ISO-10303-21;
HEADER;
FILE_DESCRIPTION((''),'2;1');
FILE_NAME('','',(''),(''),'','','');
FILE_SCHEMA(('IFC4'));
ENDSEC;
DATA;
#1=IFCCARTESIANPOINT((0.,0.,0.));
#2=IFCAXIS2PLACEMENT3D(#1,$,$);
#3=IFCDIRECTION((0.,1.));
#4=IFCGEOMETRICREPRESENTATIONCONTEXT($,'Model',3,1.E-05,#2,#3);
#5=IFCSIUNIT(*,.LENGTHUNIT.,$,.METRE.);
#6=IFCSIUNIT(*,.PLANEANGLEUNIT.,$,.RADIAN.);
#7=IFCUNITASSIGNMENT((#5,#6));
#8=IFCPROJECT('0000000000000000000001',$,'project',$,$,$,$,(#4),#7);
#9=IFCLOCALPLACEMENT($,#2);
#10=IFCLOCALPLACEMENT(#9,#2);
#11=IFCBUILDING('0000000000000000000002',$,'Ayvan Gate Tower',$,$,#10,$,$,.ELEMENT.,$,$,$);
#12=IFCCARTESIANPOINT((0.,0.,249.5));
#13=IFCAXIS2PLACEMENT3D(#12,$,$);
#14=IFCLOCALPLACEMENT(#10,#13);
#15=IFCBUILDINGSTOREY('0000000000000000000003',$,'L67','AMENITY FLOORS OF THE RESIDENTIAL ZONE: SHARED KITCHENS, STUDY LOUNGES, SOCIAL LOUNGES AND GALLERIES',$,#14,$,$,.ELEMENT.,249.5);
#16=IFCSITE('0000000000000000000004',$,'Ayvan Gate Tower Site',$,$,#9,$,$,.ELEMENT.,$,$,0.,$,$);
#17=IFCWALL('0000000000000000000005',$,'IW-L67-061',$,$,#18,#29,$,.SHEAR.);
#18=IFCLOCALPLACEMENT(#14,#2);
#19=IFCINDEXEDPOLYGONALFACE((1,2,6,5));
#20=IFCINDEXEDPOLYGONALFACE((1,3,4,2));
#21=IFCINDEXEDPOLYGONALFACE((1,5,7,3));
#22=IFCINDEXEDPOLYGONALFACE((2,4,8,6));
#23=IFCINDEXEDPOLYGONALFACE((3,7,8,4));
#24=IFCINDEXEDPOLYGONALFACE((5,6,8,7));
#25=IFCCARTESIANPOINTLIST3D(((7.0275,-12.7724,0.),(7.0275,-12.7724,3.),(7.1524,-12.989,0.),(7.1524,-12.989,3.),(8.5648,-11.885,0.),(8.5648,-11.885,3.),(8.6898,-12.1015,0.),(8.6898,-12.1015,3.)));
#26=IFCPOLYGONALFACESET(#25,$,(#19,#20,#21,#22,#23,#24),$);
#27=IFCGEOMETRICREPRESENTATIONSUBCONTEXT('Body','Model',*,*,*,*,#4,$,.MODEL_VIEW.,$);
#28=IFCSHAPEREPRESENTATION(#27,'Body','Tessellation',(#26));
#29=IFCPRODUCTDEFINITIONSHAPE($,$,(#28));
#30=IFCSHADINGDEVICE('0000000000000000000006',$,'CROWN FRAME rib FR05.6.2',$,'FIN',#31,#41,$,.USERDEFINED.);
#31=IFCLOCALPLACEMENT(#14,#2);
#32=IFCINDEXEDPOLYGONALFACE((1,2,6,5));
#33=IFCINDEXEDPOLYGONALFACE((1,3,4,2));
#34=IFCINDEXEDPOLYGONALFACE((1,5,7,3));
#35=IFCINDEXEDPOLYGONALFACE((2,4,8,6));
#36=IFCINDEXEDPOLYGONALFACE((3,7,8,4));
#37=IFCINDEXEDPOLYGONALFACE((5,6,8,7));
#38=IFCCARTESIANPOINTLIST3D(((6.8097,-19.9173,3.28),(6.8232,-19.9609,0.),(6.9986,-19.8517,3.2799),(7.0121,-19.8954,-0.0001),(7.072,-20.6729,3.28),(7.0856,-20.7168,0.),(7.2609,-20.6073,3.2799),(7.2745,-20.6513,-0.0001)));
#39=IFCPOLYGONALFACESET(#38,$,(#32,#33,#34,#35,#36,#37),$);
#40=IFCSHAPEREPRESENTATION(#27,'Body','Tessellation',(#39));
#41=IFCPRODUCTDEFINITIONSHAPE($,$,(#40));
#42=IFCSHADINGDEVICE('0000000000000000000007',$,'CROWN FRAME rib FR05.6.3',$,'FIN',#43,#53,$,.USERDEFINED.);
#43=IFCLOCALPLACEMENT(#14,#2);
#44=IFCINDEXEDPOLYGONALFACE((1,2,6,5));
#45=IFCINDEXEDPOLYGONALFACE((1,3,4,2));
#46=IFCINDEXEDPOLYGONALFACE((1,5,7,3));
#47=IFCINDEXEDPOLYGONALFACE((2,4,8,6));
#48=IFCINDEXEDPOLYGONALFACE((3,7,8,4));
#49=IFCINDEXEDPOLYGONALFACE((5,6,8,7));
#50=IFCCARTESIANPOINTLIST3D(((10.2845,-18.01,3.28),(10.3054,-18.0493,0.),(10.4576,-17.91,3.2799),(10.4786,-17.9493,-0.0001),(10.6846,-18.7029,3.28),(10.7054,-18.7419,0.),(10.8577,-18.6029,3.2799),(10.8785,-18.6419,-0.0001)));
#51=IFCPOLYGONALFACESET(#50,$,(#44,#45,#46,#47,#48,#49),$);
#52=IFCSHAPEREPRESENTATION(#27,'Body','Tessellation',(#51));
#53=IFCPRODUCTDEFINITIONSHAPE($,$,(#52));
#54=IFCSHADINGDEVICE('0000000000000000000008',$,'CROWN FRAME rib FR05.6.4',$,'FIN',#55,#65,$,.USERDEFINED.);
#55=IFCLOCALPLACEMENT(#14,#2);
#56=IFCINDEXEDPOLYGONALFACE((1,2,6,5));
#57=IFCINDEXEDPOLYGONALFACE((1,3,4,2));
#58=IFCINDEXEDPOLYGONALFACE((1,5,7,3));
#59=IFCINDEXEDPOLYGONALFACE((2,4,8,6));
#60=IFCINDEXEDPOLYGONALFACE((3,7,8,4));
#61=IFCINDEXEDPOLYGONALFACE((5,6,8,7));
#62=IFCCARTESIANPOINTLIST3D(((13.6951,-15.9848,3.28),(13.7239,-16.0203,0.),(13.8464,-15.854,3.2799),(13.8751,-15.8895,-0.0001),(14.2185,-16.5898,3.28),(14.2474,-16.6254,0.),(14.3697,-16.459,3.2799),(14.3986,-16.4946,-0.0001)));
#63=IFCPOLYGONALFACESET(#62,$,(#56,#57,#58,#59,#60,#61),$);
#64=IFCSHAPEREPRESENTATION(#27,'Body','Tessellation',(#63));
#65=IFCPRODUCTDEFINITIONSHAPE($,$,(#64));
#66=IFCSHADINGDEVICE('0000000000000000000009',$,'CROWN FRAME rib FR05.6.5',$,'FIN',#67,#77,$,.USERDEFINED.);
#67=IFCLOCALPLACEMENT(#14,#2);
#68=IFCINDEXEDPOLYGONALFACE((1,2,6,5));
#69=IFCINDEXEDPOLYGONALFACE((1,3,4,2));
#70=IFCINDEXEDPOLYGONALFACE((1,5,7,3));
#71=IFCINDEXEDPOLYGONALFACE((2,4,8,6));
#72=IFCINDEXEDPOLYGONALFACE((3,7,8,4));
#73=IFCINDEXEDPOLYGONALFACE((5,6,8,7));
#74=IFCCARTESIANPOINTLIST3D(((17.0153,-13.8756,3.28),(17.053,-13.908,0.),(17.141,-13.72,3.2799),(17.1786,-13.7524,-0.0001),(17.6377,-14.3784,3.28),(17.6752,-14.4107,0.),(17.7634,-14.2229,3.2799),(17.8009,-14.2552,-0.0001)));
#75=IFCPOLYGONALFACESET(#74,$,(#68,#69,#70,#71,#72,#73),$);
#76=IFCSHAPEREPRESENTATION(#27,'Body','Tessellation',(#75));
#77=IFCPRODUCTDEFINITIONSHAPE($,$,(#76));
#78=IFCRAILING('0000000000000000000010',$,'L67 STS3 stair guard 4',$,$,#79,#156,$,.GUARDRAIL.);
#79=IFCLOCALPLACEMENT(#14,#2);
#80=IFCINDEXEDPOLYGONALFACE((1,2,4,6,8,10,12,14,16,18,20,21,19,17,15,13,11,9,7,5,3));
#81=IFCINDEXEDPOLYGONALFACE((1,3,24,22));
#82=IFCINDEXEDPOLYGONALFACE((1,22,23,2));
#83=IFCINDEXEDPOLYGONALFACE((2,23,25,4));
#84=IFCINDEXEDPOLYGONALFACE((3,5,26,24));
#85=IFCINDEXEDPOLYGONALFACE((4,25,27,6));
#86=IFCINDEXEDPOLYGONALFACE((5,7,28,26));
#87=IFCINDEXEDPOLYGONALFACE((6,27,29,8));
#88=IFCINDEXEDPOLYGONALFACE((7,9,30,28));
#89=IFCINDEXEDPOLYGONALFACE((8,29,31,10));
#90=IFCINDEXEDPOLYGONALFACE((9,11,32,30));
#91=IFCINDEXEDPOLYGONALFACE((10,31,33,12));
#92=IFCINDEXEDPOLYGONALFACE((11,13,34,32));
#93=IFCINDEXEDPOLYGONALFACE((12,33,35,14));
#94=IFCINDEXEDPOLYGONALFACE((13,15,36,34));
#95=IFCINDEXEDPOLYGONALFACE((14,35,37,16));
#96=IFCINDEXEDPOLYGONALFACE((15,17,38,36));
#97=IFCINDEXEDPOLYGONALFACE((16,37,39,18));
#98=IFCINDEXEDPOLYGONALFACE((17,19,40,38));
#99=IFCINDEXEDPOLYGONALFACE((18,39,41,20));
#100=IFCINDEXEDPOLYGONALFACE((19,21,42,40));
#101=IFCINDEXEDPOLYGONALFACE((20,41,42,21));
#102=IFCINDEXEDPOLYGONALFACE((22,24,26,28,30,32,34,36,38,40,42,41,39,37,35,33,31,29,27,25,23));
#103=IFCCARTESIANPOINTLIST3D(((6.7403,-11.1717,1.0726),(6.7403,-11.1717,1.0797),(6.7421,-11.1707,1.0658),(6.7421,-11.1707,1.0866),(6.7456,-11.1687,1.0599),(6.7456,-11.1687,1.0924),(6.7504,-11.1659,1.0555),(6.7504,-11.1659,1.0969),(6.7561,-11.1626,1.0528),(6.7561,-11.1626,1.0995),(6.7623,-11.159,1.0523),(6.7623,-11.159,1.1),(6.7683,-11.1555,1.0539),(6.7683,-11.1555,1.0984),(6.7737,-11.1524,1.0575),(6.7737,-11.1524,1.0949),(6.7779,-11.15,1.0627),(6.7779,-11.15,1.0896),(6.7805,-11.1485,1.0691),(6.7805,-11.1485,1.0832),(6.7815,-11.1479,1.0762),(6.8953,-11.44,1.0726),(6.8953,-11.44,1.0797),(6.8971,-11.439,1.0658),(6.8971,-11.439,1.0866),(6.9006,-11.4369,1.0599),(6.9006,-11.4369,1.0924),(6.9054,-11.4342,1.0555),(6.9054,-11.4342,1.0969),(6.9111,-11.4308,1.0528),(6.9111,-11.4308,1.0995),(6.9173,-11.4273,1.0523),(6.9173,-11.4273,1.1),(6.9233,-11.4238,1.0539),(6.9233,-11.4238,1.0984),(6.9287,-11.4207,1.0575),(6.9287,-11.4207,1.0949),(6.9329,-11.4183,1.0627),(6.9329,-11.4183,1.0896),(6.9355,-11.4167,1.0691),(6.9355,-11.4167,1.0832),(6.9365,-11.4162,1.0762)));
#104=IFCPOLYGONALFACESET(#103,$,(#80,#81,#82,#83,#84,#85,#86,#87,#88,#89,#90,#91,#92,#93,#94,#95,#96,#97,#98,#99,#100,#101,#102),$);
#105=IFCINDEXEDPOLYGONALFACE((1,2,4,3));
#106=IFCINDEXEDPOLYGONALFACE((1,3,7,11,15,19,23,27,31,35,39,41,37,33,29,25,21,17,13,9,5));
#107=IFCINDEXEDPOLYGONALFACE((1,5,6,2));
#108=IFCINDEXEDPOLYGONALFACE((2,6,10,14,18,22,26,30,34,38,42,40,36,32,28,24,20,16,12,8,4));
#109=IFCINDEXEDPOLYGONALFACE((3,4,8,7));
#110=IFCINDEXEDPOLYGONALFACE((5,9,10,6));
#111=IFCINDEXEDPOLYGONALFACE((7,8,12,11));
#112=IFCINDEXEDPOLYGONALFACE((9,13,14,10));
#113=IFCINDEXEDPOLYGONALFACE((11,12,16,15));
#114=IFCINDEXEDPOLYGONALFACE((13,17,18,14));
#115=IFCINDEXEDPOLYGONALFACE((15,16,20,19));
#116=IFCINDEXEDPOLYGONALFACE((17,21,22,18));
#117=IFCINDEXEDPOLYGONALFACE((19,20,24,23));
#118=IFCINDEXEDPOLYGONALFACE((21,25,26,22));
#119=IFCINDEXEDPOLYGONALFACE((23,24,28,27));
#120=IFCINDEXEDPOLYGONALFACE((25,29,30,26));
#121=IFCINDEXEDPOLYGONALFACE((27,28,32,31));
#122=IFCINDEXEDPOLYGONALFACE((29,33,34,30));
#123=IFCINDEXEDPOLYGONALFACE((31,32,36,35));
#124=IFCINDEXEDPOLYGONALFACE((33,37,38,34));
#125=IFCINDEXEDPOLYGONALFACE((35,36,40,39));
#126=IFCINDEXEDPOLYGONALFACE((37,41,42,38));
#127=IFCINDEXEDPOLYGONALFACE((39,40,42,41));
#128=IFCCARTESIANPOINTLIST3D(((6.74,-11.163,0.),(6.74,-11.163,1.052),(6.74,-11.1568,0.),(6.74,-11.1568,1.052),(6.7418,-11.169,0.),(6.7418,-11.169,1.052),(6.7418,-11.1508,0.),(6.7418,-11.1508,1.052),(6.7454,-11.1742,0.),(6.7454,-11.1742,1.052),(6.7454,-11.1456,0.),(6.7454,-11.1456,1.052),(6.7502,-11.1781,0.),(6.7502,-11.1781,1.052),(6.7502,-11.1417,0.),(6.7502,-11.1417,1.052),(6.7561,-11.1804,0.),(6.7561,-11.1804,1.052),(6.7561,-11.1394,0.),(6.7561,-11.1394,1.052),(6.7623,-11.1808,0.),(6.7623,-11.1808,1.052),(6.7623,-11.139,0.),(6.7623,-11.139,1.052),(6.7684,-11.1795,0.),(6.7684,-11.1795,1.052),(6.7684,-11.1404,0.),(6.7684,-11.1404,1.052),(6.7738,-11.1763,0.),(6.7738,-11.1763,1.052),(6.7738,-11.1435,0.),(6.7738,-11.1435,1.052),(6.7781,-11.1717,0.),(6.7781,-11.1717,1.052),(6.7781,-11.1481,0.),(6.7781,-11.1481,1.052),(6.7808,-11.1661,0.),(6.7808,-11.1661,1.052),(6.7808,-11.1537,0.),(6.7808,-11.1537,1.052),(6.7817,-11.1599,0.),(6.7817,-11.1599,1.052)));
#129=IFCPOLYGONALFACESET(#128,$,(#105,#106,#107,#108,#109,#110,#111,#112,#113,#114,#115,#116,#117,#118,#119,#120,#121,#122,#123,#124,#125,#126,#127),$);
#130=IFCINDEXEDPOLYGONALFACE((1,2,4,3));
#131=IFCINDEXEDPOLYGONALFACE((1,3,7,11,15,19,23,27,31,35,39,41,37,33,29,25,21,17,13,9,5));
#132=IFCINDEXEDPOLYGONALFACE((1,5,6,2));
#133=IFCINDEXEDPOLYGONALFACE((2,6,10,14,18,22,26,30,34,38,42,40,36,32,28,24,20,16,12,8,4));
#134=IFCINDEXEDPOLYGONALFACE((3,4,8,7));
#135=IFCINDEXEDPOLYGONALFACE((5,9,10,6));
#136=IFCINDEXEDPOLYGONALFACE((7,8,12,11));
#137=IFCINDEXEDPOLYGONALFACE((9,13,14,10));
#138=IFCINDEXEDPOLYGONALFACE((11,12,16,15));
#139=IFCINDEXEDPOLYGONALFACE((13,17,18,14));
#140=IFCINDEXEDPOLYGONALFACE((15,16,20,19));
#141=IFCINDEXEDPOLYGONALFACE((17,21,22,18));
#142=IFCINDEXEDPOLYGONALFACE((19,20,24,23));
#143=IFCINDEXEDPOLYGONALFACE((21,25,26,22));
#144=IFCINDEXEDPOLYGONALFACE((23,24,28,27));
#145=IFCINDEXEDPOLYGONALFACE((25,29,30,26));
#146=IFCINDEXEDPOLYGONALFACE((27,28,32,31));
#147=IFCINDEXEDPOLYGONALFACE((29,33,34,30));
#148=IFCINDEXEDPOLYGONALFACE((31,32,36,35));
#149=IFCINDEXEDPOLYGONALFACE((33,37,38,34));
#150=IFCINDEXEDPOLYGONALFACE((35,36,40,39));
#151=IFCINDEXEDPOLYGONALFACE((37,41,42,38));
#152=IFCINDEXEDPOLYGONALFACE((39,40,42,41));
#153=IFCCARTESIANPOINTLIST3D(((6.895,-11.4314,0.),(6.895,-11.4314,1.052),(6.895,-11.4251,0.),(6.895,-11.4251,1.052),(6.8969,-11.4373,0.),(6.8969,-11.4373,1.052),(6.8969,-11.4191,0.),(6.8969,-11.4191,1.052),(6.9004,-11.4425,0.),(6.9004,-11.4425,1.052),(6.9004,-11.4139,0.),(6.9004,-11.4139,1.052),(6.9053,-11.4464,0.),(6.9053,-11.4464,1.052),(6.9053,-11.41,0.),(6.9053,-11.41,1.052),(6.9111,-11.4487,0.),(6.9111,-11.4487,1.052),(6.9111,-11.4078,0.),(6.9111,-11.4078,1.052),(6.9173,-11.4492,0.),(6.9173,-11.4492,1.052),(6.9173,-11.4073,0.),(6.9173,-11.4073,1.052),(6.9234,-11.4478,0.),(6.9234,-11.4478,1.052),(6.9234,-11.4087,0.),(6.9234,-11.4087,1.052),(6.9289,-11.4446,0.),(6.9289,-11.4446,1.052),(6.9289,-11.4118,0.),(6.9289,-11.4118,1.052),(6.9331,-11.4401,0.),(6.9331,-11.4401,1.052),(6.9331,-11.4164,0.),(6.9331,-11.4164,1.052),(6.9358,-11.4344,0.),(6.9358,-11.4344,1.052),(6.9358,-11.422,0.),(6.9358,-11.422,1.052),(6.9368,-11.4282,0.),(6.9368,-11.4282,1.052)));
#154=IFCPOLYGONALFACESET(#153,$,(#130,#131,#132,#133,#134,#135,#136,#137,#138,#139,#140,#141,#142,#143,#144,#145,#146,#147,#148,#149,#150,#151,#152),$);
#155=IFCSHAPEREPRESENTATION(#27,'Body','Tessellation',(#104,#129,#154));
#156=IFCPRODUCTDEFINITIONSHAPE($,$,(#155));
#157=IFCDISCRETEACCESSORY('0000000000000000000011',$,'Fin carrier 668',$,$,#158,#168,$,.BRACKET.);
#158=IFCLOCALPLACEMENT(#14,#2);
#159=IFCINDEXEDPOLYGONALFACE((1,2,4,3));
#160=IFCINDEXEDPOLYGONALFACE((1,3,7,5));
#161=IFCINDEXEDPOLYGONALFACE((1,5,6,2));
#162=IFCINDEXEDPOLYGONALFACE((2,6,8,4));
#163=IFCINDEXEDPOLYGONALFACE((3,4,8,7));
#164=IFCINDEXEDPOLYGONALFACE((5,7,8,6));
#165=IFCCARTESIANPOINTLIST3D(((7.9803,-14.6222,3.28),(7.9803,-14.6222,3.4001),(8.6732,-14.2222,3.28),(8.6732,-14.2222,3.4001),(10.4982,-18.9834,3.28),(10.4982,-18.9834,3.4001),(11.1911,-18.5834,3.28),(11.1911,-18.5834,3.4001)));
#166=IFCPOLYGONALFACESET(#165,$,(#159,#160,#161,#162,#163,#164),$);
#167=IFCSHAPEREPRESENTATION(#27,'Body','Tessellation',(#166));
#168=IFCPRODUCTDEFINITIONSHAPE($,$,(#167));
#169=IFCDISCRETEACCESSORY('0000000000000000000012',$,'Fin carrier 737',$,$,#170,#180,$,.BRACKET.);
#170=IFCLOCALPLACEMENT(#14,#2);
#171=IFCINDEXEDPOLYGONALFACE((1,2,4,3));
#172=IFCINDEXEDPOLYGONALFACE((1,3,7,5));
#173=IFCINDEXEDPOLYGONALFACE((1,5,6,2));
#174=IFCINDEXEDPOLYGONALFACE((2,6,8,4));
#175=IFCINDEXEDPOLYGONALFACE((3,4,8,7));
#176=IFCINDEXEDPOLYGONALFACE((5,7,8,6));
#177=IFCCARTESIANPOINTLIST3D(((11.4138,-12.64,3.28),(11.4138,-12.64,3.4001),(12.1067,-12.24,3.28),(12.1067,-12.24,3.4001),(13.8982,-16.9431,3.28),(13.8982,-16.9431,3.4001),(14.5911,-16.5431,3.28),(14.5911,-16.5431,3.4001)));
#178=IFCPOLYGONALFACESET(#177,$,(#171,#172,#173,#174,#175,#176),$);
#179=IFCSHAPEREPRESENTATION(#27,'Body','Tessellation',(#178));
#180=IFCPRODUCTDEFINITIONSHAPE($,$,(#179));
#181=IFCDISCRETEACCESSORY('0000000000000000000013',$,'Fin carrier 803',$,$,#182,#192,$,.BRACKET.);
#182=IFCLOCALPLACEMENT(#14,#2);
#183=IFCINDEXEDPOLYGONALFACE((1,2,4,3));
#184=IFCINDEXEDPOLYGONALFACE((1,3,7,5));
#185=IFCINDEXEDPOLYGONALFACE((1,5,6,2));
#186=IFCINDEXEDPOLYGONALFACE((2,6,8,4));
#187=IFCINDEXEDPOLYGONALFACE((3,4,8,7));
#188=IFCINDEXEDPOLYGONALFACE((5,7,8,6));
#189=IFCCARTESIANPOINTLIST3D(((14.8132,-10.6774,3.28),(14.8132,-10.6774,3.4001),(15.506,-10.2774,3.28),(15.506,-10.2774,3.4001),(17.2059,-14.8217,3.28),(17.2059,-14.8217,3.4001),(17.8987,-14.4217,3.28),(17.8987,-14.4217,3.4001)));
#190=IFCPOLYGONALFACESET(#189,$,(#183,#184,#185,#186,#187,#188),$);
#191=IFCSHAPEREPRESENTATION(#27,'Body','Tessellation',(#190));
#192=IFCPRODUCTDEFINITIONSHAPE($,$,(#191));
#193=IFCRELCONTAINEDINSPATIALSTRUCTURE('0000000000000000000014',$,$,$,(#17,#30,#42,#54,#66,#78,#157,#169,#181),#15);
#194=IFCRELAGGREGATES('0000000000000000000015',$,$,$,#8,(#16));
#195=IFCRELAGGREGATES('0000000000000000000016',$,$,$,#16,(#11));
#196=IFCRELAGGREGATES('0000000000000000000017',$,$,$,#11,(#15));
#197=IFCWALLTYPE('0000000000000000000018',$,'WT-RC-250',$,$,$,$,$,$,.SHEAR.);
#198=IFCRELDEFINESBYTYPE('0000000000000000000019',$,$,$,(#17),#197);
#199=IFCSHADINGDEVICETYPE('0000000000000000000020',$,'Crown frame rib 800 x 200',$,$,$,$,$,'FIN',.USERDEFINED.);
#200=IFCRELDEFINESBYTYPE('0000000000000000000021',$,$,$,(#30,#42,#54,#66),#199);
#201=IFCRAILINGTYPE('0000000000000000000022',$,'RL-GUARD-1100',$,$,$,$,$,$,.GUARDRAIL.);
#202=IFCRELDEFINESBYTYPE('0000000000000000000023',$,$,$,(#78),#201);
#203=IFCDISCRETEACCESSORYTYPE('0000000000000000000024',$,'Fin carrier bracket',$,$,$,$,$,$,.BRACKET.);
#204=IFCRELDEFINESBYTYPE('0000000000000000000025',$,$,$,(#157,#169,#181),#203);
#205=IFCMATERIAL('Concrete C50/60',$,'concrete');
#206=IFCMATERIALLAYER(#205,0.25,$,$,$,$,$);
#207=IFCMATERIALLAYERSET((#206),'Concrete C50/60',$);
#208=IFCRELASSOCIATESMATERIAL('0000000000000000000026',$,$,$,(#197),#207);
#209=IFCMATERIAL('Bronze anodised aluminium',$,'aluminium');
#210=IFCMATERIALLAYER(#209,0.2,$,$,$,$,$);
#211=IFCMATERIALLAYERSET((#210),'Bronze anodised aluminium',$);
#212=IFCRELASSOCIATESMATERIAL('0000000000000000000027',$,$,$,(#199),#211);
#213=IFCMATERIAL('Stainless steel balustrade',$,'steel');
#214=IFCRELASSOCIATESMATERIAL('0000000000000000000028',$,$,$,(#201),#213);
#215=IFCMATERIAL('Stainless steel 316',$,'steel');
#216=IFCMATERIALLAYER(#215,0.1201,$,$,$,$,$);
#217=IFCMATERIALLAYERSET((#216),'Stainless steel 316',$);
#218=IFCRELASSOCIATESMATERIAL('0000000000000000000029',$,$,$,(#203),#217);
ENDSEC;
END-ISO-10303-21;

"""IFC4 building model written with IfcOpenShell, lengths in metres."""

from ifc_helpers import new_model, si_unit, direction, frame, frame_2d, origin, origin_2d, place, context, subcontext, project, spatial, polyline, rectangle, circle, outline, extrude, material, layer, layer_set, type_object, element, save


model = new_model("IFC4")

# Units and contexts
model_context = context("Model", 3, precision=1e-05, world=origin(), true_north=direction((0.0, 1.0)))
body_context = subcontext(model_context, "Body", "Model", "MODEL_VIEW")
ifc_project = project(units=[si_unit("LENGTHUNIT", "METRE"), si_unit("PLANEANGLEUNIT", "RADIAN")], contexts=[model_context])

# Site, building, storey
site_placement = place(None, origin())
site = spatial("IfcSite", under=ifc_project, at=site_placement, Name="Ayvan Gate Tower Site", CompositionType="ELEMENT", RefElevation=0.0)
building_placement = place(site_placement, origin())
building = spatial("IfcBuilding", under=site, at=building_placement, Name="Ayvan Gate Tower", CompositionType="ELEMENT")
storey_placement = place(building_placement, frame((0.0, 0.0, 249.5)))
storey = spatial("IfcBuildingStorey", under=building, at=storey_placement, Name="L67", Description="AMENITY FLOORS OF THE RESIDENTIAL ZONE: SHARED KITCHENS, STUDY LOUNGES, SOCIAL LOUNGES AND GALLERIES", CompositionType="ELEMENT", Elevation=249.5)

# Shared definitions
ifc_material_1 = material(Name="Concrete C50/60", Category="concrete")

# Shared definitions
ifc_material_2 = material(Name="Bronze anodised aluminium", Category="aluminium")

# Wall
ifc_layer_1 = layer(ifc_material_1, 0.25)
ifc_layer_set_1 = layer_set([ifc_layer_1], Name="Concrete C50/60")
wall_type = type_object("IfcWallType", Name="WT-RC-250", PredefinedType="SHEAR", material=ifc_layer_set_1)
wall_1_placement = place(storey_placement, frame((8.6274, -11.9932, 0.0), z_axis=(0.0, 0.0, 1.0), x_axis=(-0.86606, -0.499941, 0.0)))
element("IfcWall", 1, at=wall_1_placement, inside=storey, type_object=wall_type, Name="IW-L67-061", PredefinedType="SHEAR", context=body_context, shape_type="SweptSolid", body=[
    extrude(rectangle(XDim=1.7751, YDim=0.25, at=frame_2d((0.8877, 0.0))), origin(), (0.0, 0.0, 1.0), 3.0),
])

# Shading devices
ifc_layer_2 = layer(ifc_material_2, 0.2)
ifc_layer_set_2 = layer_set([ifc_layer_2], Name="Bronze anodised aluminium")
shading_device_type = type_object("IfcShadingDeviceType", Name="Crown frame rib 800 x 200", ElementType="FIN", PredefinedType="USERDEFINED", material=ifc_layer_set_2)
shading_device_1_placement = place(storey_placement, frame((6.8232, -19.9609, 0.0), z_axis=(-0.944704, -0.327923, 0.000479), x_axis=(0.327923, -0.944705, 0.0)))
element("IfcShadingDevice", 2, at=shading_device_1_placement, inside=storey, type_object=shading_device_type, Name="CROWN FRAME rib FR05.6.2", ObjectType="FIN", PredefinedType="USERDEFINED", context=body_context, shape_type="SweptSolid", body=[
    extrude(outline(polyline([(0.0, 0.0), (0.8001, 0.0), (0.7541, 3.28), (-0.0457, 3.28), (0.0, 0.0)])), origin(), (0.0, 0.0, -1.0), 0.2),
])
shading_device_2_placement = place(storey_placement, frame((10.3054, -18.0493, 0.0), z_axis=(-0.86599, -0.500061, 0.000463), x_axis=(0.500061, -0.86599, 0.0)))
element("IfcShadingDevice", 3, at=shading_device_2_placement, inside=storey, type_object=shading_device_type, Name="CROWN FRAME rib FR05.6.3", ObjectType="FIN", PredefinedType="USERDEFINED", context=body_context, shape_type="SweptSolid", body=[
    extrude(outline(polyline([(0.0, 0.0), (0.7998, 0.0), (0.7556, 3.28), (-0.0445, 3.28), (0.0, 0.0)])), origin(), (0.0, 0.0, -1.0), 0.2),
])
shading_device_3_placement = place(storey_placement, frame((13.7239, -16.0203, 0.0), z_axis=(-0.756298, -0.654227, 0.000443), x_axis=(0.654227, -0.756298, 0.0)))
element("IfcShadingDevice", 4, at=shading_device_3_placement, inside=storey, type_object=shading_device_type, Name="CROWN FRAME rib FR05.6.4", ObjectType="FIN", PredefinedType="USERDEFINED", context=body_context, shape_type="SweptSolid", body=[
    extrude(outline(polyline([(0.0, 0.0), (0.8002, 0.0), (0.7544, 3.28), (-0.0456, 3.28), (0.0, 0.0)])), origin(), (0.0, 0.0, -1.0), 0.2),
])
shading_device_4_placement = place(storey_placement, frame((17.053, -13.908, 0.0), z_axis=(-0.628465, -0.777838, 0.000467), x_axis=(0.777838, -0.628465, 0.0)))
element("IfcShadingDevice", 5, at=shading_device_4_placement, inside=storey, type_object=shading_device_type, Name="CROWN FRAME rib FR05.6.5", ObjectType="FIN", PredefinedType="USERDEFINED", context=body_context, shape_type="SweptSolid", body=[
    extrude(outline(polyline([(0.0, 0.0), (0.8, 0.0), (0.7505, 3.28), (-0.0497, 3.28), (0.0, 0.0)])), origin(), (0.0, 0.0, -1.0), 0.2),
])

# Railing
ifc_material_3 = material(Name="Stainless steel balustrade", Category="steel")
railing_type = type_object("IfcRailingType", Name="RL-GUARD-1100", PredefinedType="GUARDRAIL", material=ifc_material_3)
railing_placement = place(storey_placement, frame((6.7607, -11.1599, 0.0)))
element("IfcRailing", 6, at=railing_placement, inside=storey, type_object=railing_type, Name="L67 STS3 stair guard 4", PredefinedType="GUARDRAIL", context=body_context, shape_type="SweptSolid", body=[
    extrude(circle(Radius=0.0239, at=origin_2d()), frame((0.0, 0.0, 1.0762), z_axis=(0.500291, -0.865857, 0.0), x_axis=(0.865857, 0.500291, 0.0)), (0.0, 0.0, 1.0), 0.3098),
    extrude(circle(Radius=0.021, at=origin_2d()), origin(), (0.0, 0.0, 1.0), 1.052),
    extrude(circle(Radius=0.021, at=origin_2d()), frame((0.155, -0.2683, 0.0)), (0.0, 0.0, 1.0), 1.052),
])

# Discrete accessories
ifc_material_4 = material(Name="Stainless steel 316", Category="steel")
ifc_layer_3 = layer(ifc_material_4, 0.1201)
ifc_layer_set_3 = layer_set([ifc_layer_3], Name="Stainless steel 316")
discrete_accessory_type = type_object("IfcDiscreteAccessoryType", Name="Fin carrier bracket", PredefinedType="BRACKET", material=ifc_layer_set_3)
discrete_accessory_1_placement = place(storey_placement, frame((9.5857, -16.6028, 3.28), z_axis=(0.0, 0.0, 1.0), x_axis=(0.866025, 0.5, 0.0)))
element("IfcDiscreteAccessory", 7, at=discrete_accessory_1_placement, inside=storey, type_object=discrete_accessory_type, Name="Fin carrier 668", PredefinedType="BRACKET", context=body_context, shape_type="SweptSolid", body=[
    extrude(rectangle(XDim=0.8, YDim=5.0359, at=origin_2d()), origin(), (0.0, 0.0, 1.0), 0.1201),
])
discrete_accessory_2_placement = place(storey_placement, frame((13.0024, -14.5916, 3.28), z_axis=(0.0, 0.0, 1.0), x_axis=(0.866025, 0.5, 0.0)))
element("IfcDiscreteAccessory", 8, at=discrete_accessory_2_placement, inside=storey, type_object=discrete_accessory_type, Name="Fin carrier 737", PredefinedType="BRACKET", context=body_context, shape_type="SweptSolid", body=[
    extrude(rectangle(XDim=0.8, YDim=4.9688, at=origin_2d()), origin(), (0.0, 0.0, 1.0), 0.1201),
])
discrete_accessory_3_placement = place(storey_placement, frame((16.356, -12.5496, 3.28), z_axis=(0.0, 0.0, 1.0), x_axis=(0.866025, 0.5, 0.0)))
element("IfcDiscreteAccessory", 9, at=discrete_accessory_3_placement, inside=storey, type_object=discrete_accessory_type, Name="Fin carrier 803", PredefinedType="BRACKET", context=body_context, shape_type="SweptSolid", body=[
    extrude(rectangle(XDim=0.8, YDim=4.7854, at=origin_2d()), origin(), (0.0, 0.0, 1.0), 0.1201),
])

save(model, "model.ifc")
